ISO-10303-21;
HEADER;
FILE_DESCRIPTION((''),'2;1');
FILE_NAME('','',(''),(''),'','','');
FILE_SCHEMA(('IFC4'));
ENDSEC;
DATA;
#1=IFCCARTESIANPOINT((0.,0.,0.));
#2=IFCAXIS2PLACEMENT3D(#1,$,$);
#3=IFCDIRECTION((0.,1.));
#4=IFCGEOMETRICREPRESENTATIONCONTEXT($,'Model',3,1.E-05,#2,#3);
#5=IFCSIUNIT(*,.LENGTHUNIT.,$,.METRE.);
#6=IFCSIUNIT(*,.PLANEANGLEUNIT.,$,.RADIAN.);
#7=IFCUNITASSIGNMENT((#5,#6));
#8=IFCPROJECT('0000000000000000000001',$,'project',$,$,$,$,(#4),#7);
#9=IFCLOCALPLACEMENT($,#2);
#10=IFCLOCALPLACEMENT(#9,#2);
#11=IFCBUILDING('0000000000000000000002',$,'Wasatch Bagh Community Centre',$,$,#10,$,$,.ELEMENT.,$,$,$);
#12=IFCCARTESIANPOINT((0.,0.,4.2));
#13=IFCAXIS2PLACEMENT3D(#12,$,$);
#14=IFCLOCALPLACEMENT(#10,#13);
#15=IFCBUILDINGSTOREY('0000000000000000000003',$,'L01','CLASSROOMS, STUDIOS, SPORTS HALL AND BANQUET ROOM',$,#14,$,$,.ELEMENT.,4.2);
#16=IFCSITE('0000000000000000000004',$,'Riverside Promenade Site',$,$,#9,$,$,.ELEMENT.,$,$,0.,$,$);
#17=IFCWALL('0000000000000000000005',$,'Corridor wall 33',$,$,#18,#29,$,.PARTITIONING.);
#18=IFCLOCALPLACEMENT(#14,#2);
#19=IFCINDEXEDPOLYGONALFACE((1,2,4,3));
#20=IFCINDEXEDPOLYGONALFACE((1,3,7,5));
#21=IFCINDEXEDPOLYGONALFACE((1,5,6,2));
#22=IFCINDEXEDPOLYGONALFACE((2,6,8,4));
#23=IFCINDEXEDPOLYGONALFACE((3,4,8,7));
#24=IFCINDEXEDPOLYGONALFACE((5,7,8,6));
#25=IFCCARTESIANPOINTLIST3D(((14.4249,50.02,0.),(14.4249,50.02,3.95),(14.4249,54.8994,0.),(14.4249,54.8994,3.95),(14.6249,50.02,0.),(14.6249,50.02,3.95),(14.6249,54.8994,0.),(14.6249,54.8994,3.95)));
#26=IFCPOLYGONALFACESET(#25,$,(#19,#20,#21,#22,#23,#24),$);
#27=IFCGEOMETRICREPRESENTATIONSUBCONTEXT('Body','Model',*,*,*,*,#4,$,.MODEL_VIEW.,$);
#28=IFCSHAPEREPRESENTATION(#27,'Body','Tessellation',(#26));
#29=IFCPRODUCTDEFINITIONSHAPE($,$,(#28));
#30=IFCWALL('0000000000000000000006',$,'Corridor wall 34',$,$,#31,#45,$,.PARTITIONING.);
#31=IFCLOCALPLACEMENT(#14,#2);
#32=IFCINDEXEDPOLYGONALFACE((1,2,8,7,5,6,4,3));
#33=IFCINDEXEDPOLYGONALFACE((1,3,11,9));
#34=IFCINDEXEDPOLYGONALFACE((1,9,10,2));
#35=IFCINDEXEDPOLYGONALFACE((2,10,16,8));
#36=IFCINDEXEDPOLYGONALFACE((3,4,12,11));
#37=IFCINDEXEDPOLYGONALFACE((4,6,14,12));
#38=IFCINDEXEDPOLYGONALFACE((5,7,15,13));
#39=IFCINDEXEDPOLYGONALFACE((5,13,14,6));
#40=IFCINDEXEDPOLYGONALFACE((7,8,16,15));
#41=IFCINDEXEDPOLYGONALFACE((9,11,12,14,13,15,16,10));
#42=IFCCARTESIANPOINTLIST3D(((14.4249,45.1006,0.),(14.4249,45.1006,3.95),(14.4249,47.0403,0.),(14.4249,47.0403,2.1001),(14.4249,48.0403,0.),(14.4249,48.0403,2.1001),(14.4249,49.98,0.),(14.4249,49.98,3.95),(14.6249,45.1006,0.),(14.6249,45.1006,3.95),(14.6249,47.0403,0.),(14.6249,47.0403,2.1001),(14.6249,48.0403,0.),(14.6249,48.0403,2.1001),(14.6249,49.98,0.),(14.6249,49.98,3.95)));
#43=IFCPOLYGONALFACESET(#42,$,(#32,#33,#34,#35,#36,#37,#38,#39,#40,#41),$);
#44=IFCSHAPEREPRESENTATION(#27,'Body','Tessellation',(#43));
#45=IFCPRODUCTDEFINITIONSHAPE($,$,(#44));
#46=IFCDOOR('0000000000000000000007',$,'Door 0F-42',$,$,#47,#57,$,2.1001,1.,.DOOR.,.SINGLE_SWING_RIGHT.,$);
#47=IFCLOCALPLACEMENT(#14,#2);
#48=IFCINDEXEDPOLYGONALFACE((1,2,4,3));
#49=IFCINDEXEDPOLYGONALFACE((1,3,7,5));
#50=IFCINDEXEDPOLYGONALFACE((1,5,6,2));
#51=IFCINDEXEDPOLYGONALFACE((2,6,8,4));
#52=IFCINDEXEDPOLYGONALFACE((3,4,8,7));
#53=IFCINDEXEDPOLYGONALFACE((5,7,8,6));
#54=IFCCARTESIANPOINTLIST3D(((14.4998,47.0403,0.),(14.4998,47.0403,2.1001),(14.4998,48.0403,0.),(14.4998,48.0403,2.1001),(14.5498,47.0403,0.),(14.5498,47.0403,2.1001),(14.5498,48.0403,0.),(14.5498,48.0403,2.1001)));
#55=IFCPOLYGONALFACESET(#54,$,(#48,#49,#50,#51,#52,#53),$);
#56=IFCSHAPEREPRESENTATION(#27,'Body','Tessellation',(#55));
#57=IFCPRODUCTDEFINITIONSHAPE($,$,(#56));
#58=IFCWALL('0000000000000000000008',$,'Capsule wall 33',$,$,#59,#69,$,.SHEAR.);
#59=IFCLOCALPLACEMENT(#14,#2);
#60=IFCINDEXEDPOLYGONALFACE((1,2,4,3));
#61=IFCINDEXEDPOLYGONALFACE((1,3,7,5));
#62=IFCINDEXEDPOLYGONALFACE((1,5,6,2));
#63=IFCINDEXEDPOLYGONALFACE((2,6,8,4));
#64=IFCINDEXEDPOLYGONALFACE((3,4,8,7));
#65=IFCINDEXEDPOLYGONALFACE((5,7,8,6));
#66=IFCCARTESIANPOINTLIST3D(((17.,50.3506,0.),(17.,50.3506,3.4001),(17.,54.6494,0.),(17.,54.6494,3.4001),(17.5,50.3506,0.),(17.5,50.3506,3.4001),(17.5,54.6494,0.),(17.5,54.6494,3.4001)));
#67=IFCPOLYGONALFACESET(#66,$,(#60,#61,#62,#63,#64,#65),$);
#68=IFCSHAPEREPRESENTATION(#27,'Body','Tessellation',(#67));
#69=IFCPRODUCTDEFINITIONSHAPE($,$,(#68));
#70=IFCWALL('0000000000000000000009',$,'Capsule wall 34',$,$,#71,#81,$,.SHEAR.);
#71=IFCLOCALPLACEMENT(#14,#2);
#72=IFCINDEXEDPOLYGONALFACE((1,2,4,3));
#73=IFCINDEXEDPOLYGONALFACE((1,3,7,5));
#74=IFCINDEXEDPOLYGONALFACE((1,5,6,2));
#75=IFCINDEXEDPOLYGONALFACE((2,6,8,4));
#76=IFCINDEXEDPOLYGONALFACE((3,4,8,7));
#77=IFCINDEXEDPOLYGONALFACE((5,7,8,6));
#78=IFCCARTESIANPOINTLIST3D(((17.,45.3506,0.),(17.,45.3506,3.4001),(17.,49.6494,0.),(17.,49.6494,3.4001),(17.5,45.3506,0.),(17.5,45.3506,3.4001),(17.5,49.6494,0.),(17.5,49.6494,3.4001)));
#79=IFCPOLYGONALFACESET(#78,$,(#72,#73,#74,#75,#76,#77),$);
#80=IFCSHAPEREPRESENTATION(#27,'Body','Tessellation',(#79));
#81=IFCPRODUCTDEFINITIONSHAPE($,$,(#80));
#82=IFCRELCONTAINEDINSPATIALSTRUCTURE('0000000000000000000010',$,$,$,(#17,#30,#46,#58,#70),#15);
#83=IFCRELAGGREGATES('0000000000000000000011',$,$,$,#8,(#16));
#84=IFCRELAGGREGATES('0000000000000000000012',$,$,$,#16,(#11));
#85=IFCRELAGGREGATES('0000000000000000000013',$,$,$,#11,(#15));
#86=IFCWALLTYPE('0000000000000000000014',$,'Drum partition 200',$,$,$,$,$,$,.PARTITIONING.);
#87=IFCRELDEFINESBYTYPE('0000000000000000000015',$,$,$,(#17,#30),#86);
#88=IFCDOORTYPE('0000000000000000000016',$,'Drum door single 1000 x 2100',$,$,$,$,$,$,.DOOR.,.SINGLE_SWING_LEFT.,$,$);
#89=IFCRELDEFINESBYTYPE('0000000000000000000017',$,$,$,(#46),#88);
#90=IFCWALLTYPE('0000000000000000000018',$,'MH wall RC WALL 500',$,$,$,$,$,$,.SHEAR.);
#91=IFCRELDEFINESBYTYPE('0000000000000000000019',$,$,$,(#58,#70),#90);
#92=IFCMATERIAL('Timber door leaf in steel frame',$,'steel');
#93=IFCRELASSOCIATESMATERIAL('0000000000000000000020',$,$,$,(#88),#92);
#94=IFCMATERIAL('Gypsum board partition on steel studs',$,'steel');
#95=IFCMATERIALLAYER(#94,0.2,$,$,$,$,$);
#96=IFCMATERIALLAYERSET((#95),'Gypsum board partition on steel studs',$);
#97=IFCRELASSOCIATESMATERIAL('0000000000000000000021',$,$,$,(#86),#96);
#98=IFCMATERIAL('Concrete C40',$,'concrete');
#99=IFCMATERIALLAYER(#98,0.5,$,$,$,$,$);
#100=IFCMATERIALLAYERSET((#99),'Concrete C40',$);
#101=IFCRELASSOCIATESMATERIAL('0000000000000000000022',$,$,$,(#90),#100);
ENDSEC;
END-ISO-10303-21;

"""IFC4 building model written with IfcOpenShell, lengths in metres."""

from ifc_helpers import new_model, si_unit, direction, frame, frame_2d, origin, place, context, subcontext, project, spatial, rectangle, extrude, material, layer, layer_set, type_object, element, fill, save


model = new_model("IFC4")

# Units and contexts
model_context = context("Model", 3, precision=1e-05, world=origin(), true_north=direction((0.0, 1.0)))
body_context = subcontext(model_context, "Body", "Model", "MODEL_VIEW")
ifc_project = project(units=[si_unit("LENGTHUNIT", "METRE"), si_unit("PLANEANGLEUNIT", "RADIAN")], contexts=[model_context])

# Site, building, storey
site_placement = place(None, origin())
site = spatial("IfcSite", under=ifc_project, at=site_placement, Name="Riverside Promenade Site", CompositionType="ELEMENT", RefElevation=0.0)
building_placement = place(site_placement, origin())
building = spatial("IfcBuilding", under=site, at=building_placement, Name="Wasatch Bagh Community Centre", CompositionType="ELEMENT")
storey_placement = place(building_placement, frame((0.0, 0.0, 4.2)))
storey = spatial("IfcBuildingStorey", under=building, at=storey_placement, Name="L01", Description="CLASSROOMS, STUDIOS, SPORTS HALL AND BANQUET ROOM", CompositionType="ELEMENT", Elevation=4.2)

# Shared definitions
ifc_material_1 = material(Name="Concrete C40", Category="concrete")

# Shared definitions
ifc_material_2 = material(Name="Timber door leaf in steel frame", Category="steel")
door_type = type_object("IfcDoorType", Name="Drum door single 1000 x 2100", OperationType="SINGLE_SWING_LEFT", PredefinedType="DOOR", material=ifc_material_2)

# Wall
ifc_material_3 = material(Name="Gypsum board partition on steel studs", Category="steel")
ifc_layer_1 = layer(ifc_material_3, 0.2)
ifc_layer_set_1 = layer_set([ifc_layer_1], Name="Gypsum board partition on steel studs")
wall_type_1 = type_object("IfcWallType", Name="Drum partition 200", PredefinedType="PARTITIONING", material=ifc_layer_set_1)
wall_1_placement = place(storey_placement, frame((14.5249, 54.8994, 0.0), z_axis=(0.0, 0.0, 1.0), x_axis=(0.0, -1.0, 0.0)))
element("IfcWall", 1, at=wall_1_placement, inside=storey, type_object=wall_type_1, Name="Corridor wall 33", PredefinedType="PARTITIONING", context=body_context, shape_type="SweptSolid", body=[
    extrude(rectangle(XDim=4.8794, YDim=0.2, at=frame_2d((2.4397, 0.0))), origin(), (0.0, 0.0, 1.0), 3.95),
])

# Wall, opening, door
wall_2_placement = place(storey_placement, frame((14.5249, 49.98, 0.0), z_axis=(0.0, 0.0, 1.0), x_axis=(0.0, -1.0, 0.0)))
wall_2 = element("IfcWall", 2, at=wall_2_placement, inside=storey, type_object=wall_type_1, Name="Corridor wall 34", PredefinedType="PARTITIONING", context=body_context, shape_type="SweptSolid", body=[
    extrude(rectangle(XDim=4.8794, YDim=0.2, at=frame_2d((2.4397, 0.0))), origin(), (0.0, 0.0, 1.0), 3.95),
])
opening_1_placement = place(wall_2_placement, frame((1.9397, 0.0, 0.0)))
opening_1 = element("IfcOpeningElement", 3, at=opening_1_placement, cuts=wall_2, PredefinedType="OPENING", context=body_context, shape_type="SweptSolid", body=[
    extrude(rectangle(XDim=1.0, YDim=2.1001, at=frame_2d((0.5, 1.05))), frame((0.0, 0.1099, 0.0), z_axis=(0.0, -1.0, 0.0), x_axis=(1.0, 0.0, 0.0)), (0.0, 0.0, 1.0), 0.22),
])
door_1_placement = place(opening_1_placement, origin())
door_1 = element("IfcDoor", 4, at=door_1_placement, inside=storey, type_object=door_type, Name="Door 0F-42", OperationType="SINGLE_SWING_RIGHT", OverallHeight=2.1001, OverallWidth=1.0, PredefinedType="DOOR", context=body_context, shape_type="SweptSolid", body=[
    extrude(rectangle(XDim=1.0, YDim=2.1001, at=frame_2d((0.5, 1.05))), frame((0.0, 0.0249, 0.0), z_axis=(0.0, -1.0, 0.0), x_axis=(1.0, 0.0, 0.0)), (0.0, 0.0, 1.0), 0.05),
])
fill(opening_1, door_1)

# Walls
ifc_layer_2 = layer(ifc_material_1, 0.5)
ifc_layer_set_2 = layer_set([ifc_layer_2], Name="Concrete C40")
wall_type_2 = type_object("IfcWallType", Name="MH wall RC WALL 500", PredefinedType="SHEAR", material=ifc_layer_set_2)
for number, where, z_axis, x_axis, name in (
    (5, (17.25, 54.6494, 0.0), (0.0, 0.0, 1.0), (0.0, -1.0, 0.0), "Capsule wall 33"),
    (6, (17.25, 49.6494, 0.0), (0.0, 0.0, 1.0), (0.0, -1.0, 0.0), "Capsule wall 34"),
):
    element("IfcWall", number, at=place(storey_placement, frame(where, z_axis=z_axis, x_axis=x_axis)), inside=storey, type_object=wall_type_2, Name=name, PredefinedType="SHEAR", context=body_context, shape_type="SweptSolid", body=[
        extrude(rectangle(XDim=4.2988, YDim=0.5, at=frame_2d((2.1494, 0.0))), origin(), (0.0, 0.0, 1.0), 3.4001),
    ])

save(model, "model.ifc")
